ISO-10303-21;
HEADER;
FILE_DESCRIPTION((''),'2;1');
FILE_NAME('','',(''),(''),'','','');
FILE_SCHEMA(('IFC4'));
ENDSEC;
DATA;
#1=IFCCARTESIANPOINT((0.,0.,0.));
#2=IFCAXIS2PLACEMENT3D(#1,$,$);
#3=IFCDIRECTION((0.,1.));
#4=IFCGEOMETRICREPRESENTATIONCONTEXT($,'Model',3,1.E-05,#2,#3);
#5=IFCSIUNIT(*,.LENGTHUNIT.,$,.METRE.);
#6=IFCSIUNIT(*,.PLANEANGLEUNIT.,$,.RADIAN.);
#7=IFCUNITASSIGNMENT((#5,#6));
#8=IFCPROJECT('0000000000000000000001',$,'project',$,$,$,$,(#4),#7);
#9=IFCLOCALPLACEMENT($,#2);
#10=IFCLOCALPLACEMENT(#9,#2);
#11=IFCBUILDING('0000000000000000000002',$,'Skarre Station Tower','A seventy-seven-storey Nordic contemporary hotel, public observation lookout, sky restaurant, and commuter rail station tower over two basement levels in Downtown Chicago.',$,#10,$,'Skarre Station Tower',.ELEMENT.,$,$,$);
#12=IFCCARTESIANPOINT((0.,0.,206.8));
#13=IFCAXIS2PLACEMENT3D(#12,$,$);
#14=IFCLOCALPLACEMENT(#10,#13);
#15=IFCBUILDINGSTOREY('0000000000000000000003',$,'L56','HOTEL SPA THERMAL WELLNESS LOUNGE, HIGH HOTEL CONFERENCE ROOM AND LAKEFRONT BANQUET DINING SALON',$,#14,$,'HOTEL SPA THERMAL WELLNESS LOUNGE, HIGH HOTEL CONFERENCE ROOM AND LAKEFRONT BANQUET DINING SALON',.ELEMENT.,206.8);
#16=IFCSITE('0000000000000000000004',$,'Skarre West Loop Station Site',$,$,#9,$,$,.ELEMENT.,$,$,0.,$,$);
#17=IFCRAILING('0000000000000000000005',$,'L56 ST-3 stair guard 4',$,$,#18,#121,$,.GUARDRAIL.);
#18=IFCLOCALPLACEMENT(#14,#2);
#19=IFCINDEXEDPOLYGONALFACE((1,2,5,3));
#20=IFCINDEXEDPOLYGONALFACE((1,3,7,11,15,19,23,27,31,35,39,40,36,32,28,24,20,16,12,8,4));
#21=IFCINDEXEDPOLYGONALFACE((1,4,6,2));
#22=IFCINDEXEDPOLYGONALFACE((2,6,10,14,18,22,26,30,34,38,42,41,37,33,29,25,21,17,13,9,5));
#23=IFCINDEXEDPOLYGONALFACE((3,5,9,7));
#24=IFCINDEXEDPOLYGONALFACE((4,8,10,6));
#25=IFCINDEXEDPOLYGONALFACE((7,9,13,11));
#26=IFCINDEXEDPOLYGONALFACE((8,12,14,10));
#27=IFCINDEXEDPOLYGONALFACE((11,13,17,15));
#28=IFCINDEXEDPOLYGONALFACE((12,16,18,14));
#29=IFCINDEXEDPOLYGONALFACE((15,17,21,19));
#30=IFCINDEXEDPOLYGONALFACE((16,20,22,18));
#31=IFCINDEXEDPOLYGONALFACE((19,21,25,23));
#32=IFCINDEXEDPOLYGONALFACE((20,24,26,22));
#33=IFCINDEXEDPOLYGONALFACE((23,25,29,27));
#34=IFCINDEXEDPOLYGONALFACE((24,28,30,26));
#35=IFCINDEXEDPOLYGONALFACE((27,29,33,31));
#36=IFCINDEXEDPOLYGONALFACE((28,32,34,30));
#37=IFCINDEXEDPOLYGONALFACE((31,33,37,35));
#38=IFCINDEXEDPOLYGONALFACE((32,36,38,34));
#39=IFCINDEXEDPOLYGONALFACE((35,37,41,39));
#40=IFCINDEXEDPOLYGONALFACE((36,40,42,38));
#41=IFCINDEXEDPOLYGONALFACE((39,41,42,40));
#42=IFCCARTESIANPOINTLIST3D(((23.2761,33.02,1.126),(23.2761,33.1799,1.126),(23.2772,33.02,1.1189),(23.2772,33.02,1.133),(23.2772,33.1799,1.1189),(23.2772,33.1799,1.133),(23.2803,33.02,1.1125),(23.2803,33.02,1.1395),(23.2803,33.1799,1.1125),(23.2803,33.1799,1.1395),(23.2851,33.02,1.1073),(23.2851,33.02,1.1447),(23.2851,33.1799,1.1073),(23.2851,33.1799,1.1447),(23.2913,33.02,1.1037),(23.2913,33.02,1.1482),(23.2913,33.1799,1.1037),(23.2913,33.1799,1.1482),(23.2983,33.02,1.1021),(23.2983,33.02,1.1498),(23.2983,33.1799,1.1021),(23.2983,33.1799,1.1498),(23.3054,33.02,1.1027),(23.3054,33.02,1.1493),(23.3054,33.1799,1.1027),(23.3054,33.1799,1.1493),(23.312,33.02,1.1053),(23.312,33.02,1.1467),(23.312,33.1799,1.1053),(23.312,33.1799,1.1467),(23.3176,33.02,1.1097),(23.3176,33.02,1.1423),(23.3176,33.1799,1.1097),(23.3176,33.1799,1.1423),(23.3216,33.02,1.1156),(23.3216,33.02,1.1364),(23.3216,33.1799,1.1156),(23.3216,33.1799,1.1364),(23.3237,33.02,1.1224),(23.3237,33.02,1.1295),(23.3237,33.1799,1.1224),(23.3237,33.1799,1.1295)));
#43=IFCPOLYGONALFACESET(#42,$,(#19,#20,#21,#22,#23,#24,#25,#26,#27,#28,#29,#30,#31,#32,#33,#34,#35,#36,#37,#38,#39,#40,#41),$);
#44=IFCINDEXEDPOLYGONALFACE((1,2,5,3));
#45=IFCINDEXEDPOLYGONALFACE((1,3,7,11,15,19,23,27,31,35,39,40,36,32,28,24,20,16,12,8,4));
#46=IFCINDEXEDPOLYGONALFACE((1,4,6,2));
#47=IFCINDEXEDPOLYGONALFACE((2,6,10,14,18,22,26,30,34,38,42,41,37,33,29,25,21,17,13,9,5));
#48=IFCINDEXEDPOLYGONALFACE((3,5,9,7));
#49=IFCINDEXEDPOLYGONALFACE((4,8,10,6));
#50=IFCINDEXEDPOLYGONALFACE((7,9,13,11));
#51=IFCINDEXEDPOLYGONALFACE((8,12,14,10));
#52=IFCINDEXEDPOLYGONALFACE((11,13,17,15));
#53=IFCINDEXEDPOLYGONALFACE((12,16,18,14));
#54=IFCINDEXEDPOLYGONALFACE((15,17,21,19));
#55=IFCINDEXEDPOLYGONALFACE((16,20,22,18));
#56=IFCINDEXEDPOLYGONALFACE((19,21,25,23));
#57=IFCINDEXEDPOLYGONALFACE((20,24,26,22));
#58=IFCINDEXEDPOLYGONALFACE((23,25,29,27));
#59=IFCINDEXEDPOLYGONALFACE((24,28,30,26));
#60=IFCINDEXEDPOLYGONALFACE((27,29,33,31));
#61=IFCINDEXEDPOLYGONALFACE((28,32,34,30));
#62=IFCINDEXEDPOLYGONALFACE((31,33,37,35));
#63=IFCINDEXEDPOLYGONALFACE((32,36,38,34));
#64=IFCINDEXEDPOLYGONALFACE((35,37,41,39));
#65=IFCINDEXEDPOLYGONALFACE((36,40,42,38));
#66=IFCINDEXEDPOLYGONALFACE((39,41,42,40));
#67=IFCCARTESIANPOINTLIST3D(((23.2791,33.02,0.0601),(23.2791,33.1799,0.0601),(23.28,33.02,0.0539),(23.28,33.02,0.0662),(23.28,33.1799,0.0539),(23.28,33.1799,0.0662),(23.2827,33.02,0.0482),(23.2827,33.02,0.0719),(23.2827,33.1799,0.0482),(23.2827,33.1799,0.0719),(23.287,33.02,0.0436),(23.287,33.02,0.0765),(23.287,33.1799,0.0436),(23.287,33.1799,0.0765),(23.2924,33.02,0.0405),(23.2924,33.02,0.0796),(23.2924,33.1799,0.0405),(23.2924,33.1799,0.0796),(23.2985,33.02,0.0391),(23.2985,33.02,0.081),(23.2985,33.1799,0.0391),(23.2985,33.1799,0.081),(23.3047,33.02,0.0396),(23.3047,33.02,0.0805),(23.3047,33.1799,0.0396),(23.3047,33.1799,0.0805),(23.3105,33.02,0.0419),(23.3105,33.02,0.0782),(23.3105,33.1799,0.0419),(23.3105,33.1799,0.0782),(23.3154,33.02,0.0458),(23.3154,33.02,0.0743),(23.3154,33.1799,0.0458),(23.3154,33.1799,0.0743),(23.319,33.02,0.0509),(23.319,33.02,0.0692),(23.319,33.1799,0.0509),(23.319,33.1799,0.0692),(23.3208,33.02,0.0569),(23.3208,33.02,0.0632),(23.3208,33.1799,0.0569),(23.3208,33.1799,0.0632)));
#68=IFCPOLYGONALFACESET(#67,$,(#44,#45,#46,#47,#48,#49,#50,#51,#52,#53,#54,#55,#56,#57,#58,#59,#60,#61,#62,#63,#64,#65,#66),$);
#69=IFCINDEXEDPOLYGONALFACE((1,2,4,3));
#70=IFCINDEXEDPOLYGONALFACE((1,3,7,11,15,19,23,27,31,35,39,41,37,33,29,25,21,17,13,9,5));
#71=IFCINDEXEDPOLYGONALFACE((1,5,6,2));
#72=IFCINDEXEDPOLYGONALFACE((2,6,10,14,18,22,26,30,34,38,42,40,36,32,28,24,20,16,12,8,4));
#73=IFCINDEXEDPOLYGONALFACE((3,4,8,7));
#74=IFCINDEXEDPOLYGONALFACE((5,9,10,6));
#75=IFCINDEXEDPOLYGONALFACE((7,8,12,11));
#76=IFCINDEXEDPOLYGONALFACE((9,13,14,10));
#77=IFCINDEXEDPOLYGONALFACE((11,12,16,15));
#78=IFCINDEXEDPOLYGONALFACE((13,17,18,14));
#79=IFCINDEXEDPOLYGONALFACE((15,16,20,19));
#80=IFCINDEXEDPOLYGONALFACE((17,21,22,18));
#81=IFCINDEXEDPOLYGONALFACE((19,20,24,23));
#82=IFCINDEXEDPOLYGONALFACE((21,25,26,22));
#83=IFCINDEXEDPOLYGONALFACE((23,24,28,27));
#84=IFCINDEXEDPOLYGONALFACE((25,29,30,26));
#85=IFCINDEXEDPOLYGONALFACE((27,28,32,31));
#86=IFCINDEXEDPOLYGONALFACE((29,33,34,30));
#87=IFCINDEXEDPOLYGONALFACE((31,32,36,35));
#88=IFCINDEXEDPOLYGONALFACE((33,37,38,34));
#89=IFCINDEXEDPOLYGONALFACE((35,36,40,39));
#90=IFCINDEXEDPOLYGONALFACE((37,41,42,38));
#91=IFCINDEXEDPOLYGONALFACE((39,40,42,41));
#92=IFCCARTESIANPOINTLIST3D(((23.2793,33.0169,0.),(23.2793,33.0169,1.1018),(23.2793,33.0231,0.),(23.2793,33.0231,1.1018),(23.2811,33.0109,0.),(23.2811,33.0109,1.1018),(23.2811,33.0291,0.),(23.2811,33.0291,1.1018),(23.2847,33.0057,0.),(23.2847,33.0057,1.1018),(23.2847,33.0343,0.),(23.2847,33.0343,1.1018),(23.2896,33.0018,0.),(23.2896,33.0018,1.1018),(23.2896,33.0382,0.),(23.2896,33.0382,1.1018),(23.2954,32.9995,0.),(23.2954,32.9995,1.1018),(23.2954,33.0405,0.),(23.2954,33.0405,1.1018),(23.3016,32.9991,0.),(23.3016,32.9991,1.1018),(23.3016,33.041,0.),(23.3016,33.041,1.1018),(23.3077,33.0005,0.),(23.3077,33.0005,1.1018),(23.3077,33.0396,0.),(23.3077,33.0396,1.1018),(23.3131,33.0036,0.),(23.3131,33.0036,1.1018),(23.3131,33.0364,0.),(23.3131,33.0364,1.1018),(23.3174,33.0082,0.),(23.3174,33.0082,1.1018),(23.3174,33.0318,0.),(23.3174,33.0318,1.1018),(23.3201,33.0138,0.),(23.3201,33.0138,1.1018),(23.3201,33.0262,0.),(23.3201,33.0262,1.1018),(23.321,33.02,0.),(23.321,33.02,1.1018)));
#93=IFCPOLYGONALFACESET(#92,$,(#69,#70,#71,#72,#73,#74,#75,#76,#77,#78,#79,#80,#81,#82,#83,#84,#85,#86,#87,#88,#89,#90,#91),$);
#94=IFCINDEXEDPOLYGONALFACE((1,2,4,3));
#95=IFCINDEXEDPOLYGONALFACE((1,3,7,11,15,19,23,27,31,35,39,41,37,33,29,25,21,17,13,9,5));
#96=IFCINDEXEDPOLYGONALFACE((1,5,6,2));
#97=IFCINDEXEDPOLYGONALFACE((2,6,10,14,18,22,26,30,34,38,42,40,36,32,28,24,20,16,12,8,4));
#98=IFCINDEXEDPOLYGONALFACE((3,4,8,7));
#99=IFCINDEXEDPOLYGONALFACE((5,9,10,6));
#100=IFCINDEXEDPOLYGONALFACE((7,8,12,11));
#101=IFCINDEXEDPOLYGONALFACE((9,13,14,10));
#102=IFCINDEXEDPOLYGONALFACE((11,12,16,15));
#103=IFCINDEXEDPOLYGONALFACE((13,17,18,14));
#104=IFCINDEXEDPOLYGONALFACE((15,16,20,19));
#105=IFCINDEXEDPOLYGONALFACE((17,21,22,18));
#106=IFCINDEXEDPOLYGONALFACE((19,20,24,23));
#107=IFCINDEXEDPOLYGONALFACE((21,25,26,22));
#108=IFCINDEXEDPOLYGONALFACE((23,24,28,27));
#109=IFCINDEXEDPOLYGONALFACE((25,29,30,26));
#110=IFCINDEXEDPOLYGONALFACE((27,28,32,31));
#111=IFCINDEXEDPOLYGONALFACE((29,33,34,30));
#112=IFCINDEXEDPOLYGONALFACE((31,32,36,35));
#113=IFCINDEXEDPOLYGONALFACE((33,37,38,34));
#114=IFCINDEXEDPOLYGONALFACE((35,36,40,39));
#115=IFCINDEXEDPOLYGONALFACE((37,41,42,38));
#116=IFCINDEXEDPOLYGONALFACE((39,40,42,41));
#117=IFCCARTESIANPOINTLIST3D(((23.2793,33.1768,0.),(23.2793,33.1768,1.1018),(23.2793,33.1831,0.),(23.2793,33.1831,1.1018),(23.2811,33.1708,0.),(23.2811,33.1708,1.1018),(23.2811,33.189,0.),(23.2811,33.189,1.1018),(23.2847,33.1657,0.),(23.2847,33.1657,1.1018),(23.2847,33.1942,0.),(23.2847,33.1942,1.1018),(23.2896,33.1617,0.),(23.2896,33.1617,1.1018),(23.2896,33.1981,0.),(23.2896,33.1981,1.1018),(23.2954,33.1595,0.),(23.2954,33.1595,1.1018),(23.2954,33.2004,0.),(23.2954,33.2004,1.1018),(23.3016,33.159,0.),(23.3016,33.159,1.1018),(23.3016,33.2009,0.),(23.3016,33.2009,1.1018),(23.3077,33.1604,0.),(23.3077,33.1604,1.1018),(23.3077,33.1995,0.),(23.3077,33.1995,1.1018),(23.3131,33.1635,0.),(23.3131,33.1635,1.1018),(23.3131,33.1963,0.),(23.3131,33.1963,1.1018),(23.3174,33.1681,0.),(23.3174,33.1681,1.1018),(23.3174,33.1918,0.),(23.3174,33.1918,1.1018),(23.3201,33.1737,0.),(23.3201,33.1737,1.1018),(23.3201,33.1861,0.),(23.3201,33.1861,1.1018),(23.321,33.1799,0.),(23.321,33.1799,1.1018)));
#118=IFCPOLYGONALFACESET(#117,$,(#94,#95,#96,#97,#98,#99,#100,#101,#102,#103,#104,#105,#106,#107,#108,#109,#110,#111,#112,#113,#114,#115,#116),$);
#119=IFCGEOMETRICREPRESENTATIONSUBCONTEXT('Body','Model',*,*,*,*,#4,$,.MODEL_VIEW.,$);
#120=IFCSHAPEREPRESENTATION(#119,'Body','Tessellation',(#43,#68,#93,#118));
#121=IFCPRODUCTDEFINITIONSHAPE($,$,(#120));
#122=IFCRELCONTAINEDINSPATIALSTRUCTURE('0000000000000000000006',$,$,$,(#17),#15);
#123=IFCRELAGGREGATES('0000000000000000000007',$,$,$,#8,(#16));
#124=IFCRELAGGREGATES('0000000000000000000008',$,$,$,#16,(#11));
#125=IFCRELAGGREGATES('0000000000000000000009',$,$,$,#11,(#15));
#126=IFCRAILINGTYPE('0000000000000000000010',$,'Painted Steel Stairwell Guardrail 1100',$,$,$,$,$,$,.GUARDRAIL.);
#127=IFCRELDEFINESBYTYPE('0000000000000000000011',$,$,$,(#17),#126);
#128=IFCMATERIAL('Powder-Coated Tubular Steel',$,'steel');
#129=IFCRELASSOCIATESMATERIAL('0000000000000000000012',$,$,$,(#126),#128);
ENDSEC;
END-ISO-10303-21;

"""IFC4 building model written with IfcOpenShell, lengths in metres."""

from ifc_helpers import new_model, si_unit, direction, frame, origin, origin_2d, place, context, subcontext, project, spatial, circle, extrude, material, type_object, element, save


model = new_model("IFC4")

# Units and contexts
model_context = context("Model", 3, precision=1e-05, world=origin(), true_north=direction((0.0, 1.0)))
body_context = subcontext(model_context, "Body", "Model", "MODEL_VIEW")
ifc_project = project(units=[si_unit("LENGTHUNIT", "METRE"), si_unit("PLANEANGLEUNIT", "RADIAN")], contexts=[model_context])

# Site, building, storey
site_placement = place(None, origin())
site = spatial("IfcSite", under=ifc_project, at=site_placement, Name="Skarre West Loop Station Site", CompositionType="ELEMENT", RefElevation=0.0)
building_placement = place(site_placement, origin())
building = spatial("IfcBuilding", under=site, at=building_placement, Name="Skarre Station Tower", Description="A seventy-seven-storey Nordic contemporary hotel, public observation lookout, sky restaurant, and commuter rail station tower over two basement levels in Downtown Chicago.", LongName="Skarre Station Tower", CompositionType="ELEMENT")
storey_placement = place(building_placement, frame((0.0, 0.0, 206.8)))
storey = spatial("IfcBuildingStorey", under=building, at=storey_placement, Name="L56", Description="HOTEL SPA THERMAL WELLNESS LOUNGE, HIGH HOTEL CONFERENCE ROOM AND LAKEFRONT BANQUET DINING SALON", LongName="HOTEL SPA THERMAL WELLNESS LOUNGE, HIGH HOTEL CONFERENCE ROOM AND LAKEFRONT BANQUET DINING SALON", CompositionType="ELEMENT", Elevation=206.8)

# Railing
ifc_material_1 = material(Name="Powder-Coated Tubular Steel", Category="steel")
railing_type_1 = type_object("IfcRailingType", Name="Painted Steel Stairwell Guardrail 1100", PredefinedType="GUARDRAIL", material=ifc_material_1)
railing_1_placement = place(storey_placement, frame((23.3, 33.02, 0.0)))
element("IfcRailing", 1, at=railing_1_placement, inside=storey, type_object=railing_type_1, Name="L56 ST-3 stair guard 4", PredefinedType="GUARDRAIL", context=body_context, shape_type="SweptSolid", body=[
    extrude(circle(Radius=0.0239, at=origin_2d()), frame((0.0, 0.0, 1.126), z_axis=(0.0, 1.0, 0.0), x_axis=(-1.0, 0.0, 0.0)), (0.0, 0.0, 1.0), 0.1599),
    extrude(circle(Radius=0.021, at=origin_2d()), frame((0.0, 0.0, 0.0601), z_axis=(0.0, 1.0, 0.0), x_axis=(-1.0, 0.0, 0.0)), (0.0, 0.0, 1.0), 0.1599),
    extrude(circle(Radius=0.021, at=origin_2d()), origin(), (0.0, 0.0, 1.0), 1.1018),
    extrude(circle(Radius=0.021, at=origin_2d()), frame((0.0, 0.1599, 0.0)), (0.0, 0.0, 1.0), 1.1018),
])

save(model, "model.ifc")
